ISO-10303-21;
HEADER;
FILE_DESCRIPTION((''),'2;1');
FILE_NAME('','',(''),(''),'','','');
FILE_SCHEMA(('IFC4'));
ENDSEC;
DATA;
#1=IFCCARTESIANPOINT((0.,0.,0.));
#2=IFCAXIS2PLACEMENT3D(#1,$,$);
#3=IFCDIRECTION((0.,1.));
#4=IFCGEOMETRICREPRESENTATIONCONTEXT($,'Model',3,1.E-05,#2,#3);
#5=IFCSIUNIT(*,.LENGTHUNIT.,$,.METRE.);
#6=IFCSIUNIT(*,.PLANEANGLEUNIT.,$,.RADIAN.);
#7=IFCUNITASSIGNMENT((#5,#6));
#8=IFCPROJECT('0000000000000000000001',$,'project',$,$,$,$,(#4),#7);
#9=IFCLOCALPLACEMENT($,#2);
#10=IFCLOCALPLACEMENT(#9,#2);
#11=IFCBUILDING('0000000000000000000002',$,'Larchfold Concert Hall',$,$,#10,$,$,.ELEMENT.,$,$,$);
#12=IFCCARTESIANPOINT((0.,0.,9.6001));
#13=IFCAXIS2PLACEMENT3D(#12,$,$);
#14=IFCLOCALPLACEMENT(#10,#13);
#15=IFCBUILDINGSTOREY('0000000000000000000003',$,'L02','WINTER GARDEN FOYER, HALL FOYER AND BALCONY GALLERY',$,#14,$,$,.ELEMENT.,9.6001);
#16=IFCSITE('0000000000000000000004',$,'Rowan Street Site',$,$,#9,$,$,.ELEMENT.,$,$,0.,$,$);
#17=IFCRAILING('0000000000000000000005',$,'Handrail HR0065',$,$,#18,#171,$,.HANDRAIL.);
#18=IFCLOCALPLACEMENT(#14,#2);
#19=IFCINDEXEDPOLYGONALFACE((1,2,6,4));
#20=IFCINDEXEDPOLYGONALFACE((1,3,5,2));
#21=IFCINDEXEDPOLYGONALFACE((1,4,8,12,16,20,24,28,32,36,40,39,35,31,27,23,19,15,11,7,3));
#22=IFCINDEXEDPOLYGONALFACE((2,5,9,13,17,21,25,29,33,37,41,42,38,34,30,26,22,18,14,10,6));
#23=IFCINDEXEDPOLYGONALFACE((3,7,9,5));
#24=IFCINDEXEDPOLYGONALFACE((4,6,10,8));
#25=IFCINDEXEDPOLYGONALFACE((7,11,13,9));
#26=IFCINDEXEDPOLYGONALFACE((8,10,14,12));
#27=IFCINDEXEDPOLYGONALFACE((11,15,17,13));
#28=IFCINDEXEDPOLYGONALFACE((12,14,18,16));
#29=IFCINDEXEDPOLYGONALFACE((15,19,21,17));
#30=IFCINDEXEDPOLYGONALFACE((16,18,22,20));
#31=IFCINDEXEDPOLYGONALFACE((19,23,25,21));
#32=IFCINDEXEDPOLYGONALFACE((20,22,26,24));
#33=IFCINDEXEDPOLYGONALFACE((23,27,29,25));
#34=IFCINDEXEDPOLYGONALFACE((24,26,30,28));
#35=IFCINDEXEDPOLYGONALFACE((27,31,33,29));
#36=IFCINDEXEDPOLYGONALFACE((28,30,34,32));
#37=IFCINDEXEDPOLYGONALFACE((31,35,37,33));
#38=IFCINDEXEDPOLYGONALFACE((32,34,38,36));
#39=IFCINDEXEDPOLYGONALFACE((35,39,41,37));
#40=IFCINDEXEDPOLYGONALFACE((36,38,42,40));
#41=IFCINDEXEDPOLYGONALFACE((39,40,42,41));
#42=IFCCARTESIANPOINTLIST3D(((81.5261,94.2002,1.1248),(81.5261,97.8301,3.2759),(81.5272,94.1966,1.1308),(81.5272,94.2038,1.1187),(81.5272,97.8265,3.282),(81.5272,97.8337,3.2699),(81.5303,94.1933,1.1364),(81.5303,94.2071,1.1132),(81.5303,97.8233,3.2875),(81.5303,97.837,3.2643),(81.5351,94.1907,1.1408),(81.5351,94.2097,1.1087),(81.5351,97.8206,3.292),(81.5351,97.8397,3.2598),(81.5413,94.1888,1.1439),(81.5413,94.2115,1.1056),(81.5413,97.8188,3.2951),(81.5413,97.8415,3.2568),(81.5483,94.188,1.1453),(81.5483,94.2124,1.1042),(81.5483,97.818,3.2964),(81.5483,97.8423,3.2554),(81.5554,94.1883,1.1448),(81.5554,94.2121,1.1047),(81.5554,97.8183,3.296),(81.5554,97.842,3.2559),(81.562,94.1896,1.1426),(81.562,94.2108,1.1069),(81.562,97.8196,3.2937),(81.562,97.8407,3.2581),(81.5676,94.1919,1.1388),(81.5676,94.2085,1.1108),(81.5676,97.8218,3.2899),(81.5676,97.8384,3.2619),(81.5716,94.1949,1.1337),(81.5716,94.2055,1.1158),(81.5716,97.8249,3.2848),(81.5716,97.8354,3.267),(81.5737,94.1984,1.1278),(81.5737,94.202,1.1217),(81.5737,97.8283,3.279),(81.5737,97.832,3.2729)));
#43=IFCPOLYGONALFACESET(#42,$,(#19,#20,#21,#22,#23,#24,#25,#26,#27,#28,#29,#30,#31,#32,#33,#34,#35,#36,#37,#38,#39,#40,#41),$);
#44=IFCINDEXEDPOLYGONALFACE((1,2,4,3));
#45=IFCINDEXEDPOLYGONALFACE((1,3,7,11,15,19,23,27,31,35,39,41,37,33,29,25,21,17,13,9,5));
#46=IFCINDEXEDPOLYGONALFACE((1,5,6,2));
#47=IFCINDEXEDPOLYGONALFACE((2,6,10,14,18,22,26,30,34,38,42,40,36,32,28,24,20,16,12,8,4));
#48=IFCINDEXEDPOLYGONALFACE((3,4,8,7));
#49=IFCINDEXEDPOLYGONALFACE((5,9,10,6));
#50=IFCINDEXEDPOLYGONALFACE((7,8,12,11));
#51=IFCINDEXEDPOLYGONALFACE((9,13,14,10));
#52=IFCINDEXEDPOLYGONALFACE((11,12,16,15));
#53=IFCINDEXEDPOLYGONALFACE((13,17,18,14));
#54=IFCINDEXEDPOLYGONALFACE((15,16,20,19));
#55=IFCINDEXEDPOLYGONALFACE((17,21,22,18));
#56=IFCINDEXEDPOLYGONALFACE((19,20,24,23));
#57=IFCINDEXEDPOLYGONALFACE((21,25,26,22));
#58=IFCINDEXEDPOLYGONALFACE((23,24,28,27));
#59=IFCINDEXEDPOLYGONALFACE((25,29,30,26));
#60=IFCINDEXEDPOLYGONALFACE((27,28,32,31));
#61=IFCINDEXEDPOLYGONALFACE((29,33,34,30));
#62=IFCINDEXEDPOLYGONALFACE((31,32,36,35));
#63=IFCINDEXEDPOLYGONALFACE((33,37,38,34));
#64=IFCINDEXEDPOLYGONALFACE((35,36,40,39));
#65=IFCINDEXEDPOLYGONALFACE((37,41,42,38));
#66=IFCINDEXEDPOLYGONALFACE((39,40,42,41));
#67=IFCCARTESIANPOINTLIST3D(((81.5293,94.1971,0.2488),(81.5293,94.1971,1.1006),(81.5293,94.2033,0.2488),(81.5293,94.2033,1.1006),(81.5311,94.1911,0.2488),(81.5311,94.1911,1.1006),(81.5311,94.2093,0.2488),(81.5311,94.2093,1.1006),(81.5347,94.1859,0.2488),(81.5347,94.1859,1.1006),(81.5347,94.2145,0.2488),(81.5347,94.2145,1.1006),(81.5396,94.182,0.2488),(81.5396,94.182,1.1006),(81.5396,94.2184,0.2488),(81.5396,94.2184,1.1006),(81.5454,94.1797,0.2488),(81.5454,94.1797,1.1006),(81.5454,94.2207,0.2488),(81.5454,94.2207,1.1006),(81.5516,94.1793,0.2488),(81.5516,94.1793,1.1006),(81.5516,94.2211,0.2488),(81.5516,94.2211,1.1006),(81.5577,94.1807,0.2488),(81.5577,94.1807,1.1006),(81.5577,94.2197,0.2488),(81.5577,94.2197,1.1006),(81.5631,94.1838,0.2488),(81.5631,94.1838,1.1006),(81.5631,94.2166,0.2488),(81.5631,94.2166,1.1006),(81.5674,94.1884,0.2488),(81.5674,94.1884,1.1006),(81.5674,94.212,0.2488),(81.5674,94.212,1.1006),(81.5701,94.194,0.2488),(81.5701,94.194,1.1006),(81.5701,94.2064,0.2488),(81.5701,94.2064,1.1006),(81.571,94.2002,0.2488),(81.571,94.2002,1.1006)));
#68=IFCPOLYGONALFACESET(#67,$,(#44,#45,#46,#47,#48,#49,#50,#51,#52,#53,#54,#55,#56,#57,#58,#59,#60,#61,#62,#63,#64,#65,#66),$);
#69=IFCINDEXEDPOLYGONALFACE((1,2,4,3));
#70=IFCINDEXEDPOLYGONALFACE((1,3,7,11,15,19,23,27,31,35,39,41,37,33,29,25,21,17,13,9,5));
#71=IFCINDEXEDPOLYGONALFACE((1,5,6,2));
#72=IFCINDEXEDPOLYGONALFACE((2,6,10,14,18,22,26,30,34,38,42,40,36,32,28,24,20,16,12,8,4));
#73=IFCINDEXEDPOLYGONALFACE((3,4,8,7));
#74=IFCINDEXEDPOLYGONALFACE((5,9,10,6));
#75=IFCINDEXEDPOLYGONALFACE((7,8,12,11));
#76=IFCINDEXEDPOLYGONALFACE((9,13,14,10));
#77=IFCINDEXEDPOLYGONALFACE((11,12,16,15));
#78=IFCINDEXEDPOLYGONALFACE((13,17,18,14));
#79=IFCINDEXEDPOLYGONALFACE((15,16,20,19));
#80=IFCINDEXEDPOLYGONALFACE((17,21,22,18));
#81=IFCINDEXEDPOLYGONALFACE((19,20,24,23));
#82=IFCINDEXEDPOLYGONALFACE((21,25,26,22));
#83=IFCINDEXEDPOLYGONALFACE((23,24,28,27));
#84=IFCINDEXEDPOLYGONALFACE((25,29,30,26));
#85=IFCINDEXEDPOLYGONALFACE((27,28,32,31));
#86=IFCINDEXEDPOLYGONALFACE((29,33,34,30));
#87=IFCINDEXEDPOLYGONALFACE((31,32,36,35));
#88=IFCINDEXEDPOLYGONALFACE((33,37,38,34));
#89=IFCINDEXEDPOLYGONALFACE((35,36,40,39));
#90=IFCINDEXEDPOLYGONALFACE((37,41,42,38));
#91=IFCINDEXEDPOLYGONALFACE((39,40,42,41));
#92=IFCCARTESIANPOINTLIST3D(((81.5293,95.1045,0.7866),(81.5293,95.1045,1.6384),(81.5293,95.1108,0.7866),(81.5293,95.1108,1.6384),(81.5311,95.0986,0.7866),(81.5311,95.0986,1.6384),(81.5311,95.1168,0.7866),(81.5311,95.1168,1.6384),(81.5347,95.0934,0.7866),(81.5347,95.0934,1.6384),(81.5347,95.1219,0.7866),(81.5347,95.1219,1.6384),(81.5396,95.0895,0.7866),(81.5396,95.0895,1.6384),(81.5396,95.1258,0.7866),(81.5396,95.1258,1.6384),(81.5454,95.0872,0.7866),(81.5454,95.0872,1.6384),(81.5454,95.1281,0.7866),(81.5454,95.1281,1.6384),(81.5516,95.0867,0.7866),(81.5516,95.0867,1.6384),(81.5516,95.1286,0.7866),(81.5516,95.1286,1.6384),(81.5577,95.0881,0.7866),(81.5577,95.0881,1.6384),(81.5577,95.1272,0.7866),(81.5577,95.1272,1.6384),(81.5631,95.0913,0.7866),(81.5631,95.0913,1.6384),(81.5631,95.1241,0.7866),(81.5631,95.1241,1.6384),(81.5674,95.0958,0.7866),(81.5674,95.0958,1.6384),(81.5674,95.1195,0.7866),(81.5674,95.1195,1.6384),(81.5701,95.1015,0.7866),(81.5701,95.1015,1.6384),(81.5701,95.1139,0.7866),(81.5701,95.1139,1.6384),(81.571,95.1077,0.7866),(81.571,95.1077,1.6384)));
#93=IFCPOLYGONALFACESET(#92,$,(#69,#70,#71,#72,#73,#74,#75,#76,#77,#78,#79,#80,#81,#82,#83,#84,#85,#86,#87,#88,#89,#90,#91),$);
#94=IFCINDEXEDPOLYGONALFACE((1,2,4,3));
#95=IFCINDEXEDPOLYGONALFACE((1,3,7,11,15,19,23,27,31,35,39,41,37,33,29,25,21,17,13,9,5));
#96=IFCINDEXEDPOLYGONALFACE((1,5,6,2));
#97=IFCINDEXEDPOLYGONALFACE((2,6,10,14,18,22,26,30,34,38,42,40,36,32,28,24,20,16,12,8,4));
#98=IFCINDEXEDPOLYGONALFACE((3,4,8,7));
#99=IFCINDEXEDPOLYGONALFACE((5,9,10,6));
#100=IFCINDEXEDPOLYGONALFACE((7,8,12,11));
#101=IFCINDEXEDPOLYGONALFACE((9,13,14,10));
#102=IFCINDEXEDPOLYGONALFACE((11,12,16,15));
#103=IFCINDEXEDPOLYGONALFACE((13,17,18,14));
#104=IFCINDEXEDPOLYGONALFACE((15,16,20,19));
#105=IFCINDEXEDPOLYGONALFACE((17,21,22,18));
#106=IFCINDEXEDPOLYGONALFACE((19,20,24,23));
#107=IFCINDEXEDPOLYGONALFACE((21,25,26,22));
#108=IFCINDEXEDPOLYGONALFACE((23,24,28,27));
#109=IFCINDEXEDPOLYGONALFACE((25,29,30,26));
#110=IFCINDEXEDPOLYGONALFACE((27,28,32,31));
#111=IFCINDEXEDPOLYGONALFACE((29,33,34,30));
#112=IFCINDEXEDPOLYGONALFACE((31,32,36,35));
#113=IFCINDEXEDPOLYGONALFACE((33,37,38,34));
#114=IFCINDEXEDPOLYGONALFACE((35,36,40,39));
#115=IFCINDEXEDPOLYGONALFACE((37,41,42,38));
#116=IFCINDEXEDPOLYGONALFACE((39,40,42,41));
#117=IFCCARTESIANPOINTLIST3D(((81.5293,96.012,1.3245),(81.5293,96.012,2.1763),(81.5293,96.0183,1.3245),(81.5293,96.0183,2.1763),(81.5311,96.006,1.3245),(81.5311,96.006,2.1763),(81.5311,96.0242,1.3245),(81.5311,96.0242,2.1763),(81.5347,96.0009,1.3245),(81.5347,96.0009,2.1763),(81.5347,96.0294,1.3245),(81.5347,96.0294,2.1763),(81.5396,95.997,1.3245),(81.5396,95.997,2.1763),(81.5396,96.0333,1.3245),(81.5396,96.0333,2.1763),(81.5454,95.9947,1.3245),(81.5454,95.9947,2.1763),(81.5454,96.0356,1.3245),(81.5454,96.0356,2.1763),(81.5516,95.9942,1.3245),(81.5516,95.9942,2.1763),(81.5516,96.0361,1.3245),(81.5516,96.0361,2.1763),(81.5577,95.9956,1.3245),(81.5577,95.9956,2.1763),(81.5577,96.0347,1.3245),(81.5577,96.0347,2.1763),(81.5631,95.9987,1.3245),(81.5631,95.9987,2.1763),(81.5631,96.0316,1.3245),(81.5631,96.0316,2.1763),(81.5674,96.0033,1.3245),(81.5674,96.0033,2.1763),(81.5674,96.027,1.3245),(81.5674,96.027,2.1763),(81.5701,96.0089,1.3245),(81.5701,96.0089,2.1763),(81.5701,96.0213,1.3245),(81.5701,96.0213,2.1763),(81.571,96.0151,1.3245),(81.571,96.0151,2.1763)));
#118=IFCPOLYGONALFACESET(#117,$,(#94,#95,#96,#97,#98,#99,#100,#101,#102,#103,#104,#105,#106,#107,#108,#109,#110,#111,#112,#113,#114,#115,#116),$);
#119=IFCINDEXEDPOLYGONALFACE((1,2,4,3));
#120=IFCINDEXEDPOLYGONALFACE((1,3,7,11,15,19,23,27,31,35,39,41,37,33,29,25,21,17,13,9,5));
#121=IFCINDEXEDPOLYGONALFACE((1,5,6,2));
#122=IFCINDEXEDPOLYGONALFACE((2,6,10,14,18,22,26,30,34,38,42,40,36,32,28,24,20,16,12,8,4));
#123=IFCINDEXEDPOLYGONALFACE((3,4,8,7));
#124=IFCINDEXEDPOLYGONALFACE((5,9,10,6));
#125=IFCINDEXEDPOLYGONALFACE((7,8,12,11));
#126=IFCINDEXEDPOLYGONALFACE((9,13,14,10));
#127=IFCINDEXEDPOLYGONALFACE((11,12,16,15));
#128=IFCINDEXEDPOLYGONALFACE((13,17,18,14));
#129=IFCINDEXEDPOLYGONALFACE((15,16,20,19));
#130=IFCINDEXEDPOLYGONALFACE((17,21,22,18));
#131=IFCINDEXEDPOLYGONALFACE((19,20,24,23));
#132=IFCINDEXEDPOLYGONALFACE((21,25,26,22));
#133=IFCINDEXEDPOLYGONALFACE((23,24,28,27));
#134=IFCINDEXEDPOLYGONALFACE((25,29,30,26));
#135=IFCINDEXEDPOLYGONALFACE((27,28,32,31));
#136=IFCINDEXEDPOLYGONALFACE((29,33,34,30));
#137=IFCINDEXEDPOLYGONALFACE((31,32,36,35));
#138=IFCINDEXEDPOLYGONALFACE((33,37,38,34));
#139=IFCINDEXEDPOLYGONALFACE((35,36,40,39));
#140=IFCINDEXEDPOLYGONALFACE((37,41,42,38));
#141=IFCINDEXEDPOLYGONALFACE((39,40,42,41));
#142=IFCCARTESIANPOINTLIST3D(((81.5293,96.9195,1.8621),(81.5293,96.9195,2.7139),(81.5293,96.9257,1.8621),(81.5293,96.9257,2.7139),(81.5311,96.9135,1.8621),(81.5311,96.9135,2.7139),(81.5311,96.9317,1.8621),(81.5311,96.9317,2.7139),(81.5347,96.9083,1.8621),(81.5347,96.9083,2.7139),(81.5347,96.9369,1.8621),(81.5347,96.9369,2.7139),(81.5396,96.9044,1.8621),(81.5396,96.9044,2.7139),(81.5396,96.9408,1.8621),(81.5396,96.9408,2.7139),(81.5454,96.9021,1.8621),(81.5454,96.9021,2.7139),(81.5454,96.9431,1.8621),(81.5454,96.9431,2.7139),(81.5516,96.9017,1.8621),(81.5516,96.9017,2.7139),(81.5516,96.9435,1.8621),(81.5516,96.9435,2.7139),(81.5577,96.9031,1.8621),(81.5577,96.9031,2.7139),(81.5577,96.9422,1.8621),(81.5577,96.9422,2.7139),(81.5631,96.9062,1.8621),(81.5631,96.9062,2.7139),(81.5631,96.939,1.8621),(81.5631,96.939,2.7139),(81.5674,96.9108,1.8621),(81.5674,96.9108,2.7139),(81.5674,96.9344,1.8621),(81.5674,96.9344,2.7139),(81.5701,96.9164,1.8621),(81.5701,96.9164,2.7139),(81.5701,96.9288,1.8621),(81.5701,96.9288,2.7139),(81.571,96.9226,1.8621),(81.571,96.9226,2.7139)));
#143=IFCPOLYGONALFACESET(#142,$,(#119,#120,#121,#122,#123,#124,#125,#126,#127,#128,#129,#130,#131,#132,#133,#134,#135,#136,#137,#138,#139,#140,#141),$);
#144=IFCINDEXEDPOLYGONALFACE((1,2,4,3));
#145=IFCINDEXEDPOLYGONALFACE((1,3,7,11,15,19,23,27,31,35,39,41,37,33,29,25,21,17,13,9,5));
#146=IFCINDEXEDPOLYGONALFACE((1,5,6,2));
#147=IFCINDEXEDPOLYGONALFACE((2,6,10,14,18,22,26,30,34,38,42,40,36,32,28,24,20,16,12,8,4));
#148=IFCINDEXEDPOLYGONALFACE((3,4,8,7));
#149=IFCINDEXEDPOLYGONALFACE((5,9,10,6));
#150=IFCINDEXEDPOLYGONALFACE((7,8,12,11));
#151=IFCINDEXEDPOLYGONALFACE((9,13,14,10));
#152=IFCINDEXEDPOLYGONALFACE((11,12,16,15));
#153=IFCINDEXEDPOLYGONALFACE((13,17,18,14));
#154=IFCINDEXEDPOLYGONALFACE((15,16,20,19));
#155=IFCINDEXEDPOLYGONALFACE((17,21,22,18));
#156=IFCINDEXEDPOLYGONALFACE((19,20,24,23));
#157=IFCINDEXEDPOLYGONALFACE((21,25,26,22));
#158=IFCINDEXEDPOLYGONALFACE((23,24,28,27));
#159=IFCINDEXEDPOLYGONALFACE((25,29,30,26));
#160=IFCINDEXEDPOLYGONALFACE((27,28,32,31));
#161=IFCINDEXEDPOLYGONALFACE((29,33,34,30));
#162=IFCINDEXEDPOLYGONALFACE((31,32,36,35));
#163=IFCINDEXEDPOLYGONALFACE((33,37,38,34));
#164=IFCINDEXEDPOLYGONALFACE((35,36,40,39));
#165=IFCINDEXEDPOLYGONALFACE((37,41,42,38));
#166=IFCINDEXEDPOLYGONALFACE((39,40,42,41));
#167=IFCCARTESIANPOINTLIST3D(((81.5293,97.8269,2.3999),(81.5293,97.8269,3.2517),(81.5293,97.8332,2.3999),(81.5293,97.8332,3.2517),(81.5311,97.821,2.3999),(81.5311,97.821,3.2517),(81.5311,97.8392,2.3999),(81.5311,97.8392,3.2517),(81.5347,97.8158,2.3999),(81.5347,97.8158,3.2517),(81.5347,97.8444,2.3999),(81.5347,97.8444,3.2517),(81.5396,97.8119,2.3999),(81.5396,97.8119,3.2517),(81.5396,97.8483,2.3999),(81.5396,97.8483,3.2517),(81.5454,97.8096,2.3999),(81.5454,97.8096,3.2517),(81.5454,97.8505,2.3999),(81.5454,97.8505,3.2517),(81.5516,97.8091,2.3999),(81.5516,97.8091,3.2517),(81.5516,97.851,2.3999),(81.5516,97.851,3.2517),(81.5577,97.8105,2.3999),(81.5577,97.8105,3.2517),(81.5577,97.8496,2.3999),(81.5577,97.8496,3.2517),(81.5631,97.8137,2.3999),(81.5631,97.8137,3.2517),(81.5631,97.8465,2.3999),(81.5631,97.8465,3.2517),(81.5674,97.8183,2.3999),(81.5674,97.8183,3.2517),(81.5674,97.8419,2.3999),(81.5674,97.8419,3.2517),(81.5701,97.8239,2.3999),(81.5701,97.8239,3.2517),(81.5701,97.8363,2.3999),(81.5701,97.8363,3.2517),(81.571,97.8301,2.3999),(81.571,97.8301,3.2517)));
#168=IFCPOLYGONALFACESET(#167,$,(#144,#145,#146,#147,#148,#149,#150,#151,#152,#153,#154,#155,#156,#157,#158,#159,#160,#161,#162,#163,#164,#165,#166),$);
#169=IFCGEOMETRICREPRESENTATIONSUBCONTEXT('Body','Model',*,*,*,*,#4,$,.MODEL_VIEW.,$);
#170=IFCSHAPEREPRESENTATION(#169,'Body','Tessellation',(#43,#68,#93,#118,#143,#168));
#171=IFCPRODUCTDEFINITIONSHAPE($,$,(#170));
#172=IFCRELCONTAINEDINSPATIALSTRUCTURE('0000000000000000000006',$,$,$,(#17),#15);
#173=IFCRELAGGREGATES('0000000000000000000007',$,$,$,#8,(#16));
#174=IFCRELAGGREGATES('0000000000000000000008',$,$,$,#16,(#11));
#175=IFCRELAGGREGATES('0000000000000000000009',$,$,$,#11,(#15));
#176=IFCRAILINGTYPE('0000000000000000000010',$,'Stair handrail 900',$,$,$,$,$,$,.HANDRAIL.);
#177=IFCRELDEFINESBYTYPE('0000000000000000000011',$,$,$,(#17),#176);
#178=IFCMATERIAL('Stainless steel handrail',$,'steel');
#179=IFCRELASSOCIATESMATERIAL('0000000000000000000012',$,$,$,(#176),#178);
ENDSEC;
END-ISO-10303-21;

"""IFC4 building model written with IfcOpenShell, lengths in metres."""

from ifc_helpers import new_model, si_unit, direction, frame, origin, origin_2d, place, context, subcontext, project, spatial, circle, extrude, material, type_object, element, save


model = new_model("IFC4")

# Units and contexts
model_context = context("Model", 3, precision=1e-05, world=origin(), true_north=direction((0.0, 1.0)))
body_context = subcontext(model_context, "Body", "Model", "MODEL_VIEW")
ifc_project = project(units=[si_unit("LENGTHUNIT", "METRE"), si_unit("PLANEANGLEUNIT", "RADIAN")], contexts=[model_context])

# Site, building, storey
site_placement = place(None, origin())
site = spatial("IfcSite", under=ifc_project, at=site_placement, Name="Rowan Street Site", CompositionType="ELEMENT", RefElevation=0.0)
building_placement = place(site_placement, origin())
building = spatial("IfcBuilding", under=site, at=building_placement, Name="Larchfold Concert Hall", CompositionType="ELEMENT")
storey_placement = place(building_placement, frame((0.0, 0.0, 9.6001)))
storey = spatial("IfcBuildingStorey", under=building, at=storey_placement, Name="L02", Description="WINTER GARDEN FOYER, HALL FOYER AND BALCONY GALLERY", CompositionType="ELEMENT", Elevation=9.6001)

# Railing
ifc_material_1 = material(Name="Stainless steel handrail", Category="steel")
railing_type_1 = type_object("IfcRailingType", Name="Stair handrail 900", PredefinedType="HANDRAIL", material=ifc_material_1)
railing_1_placement = place(storey_placement, frame((81.55, 94.2002, 0.2488)))
element("IfcRailing", 1, at=railing_1_placement, inside=storey, type_object=railing_type_1, Name="Handrail HR0065", PredefinedType="HANDRAIL", context=body_context, shape_type="SweptSolid", body=[
    extrude(circle(Radius=0.0239, at=origin_2d()), frame((0.0, 0.0, 0.876), z_axis=(0.0, 0.860283, 0.509817), x_axis=(-1.0, 0.0, 0.0)), (0.0, 0.0, 1.0), 4.2195),
    extrude(circle(Radius=0.021, at=origin_2d()), origin(), (0.0, 0.0, 1.0), 0.8518),
    extrude(circle(Radius=0.021, at=origin_2d()), frame((0.0, 0.9075, 0.5378)), (0.0, 0.0, 1.0), 0.8518),
    extrude(circle(Radius=0.021, at=origin_2d()), frame((0.0, 1.8149, 1.0757)), (0.0, 0.0, 1.0), 0.8518),
    extrude(circle(Radius=0.021, at=origin_2d()), frame((0.0, 2.7224, 1.6133)), (0.0, 0.0, 1.0), 0.8518),
    extrude(circle(Radius=0.021, at=origin_2d()), frame((0.0, 3.6299, 2.1511)), (0.0, 0.0, 1.0), 0.8518),
])

save(model, "model.ifc")
